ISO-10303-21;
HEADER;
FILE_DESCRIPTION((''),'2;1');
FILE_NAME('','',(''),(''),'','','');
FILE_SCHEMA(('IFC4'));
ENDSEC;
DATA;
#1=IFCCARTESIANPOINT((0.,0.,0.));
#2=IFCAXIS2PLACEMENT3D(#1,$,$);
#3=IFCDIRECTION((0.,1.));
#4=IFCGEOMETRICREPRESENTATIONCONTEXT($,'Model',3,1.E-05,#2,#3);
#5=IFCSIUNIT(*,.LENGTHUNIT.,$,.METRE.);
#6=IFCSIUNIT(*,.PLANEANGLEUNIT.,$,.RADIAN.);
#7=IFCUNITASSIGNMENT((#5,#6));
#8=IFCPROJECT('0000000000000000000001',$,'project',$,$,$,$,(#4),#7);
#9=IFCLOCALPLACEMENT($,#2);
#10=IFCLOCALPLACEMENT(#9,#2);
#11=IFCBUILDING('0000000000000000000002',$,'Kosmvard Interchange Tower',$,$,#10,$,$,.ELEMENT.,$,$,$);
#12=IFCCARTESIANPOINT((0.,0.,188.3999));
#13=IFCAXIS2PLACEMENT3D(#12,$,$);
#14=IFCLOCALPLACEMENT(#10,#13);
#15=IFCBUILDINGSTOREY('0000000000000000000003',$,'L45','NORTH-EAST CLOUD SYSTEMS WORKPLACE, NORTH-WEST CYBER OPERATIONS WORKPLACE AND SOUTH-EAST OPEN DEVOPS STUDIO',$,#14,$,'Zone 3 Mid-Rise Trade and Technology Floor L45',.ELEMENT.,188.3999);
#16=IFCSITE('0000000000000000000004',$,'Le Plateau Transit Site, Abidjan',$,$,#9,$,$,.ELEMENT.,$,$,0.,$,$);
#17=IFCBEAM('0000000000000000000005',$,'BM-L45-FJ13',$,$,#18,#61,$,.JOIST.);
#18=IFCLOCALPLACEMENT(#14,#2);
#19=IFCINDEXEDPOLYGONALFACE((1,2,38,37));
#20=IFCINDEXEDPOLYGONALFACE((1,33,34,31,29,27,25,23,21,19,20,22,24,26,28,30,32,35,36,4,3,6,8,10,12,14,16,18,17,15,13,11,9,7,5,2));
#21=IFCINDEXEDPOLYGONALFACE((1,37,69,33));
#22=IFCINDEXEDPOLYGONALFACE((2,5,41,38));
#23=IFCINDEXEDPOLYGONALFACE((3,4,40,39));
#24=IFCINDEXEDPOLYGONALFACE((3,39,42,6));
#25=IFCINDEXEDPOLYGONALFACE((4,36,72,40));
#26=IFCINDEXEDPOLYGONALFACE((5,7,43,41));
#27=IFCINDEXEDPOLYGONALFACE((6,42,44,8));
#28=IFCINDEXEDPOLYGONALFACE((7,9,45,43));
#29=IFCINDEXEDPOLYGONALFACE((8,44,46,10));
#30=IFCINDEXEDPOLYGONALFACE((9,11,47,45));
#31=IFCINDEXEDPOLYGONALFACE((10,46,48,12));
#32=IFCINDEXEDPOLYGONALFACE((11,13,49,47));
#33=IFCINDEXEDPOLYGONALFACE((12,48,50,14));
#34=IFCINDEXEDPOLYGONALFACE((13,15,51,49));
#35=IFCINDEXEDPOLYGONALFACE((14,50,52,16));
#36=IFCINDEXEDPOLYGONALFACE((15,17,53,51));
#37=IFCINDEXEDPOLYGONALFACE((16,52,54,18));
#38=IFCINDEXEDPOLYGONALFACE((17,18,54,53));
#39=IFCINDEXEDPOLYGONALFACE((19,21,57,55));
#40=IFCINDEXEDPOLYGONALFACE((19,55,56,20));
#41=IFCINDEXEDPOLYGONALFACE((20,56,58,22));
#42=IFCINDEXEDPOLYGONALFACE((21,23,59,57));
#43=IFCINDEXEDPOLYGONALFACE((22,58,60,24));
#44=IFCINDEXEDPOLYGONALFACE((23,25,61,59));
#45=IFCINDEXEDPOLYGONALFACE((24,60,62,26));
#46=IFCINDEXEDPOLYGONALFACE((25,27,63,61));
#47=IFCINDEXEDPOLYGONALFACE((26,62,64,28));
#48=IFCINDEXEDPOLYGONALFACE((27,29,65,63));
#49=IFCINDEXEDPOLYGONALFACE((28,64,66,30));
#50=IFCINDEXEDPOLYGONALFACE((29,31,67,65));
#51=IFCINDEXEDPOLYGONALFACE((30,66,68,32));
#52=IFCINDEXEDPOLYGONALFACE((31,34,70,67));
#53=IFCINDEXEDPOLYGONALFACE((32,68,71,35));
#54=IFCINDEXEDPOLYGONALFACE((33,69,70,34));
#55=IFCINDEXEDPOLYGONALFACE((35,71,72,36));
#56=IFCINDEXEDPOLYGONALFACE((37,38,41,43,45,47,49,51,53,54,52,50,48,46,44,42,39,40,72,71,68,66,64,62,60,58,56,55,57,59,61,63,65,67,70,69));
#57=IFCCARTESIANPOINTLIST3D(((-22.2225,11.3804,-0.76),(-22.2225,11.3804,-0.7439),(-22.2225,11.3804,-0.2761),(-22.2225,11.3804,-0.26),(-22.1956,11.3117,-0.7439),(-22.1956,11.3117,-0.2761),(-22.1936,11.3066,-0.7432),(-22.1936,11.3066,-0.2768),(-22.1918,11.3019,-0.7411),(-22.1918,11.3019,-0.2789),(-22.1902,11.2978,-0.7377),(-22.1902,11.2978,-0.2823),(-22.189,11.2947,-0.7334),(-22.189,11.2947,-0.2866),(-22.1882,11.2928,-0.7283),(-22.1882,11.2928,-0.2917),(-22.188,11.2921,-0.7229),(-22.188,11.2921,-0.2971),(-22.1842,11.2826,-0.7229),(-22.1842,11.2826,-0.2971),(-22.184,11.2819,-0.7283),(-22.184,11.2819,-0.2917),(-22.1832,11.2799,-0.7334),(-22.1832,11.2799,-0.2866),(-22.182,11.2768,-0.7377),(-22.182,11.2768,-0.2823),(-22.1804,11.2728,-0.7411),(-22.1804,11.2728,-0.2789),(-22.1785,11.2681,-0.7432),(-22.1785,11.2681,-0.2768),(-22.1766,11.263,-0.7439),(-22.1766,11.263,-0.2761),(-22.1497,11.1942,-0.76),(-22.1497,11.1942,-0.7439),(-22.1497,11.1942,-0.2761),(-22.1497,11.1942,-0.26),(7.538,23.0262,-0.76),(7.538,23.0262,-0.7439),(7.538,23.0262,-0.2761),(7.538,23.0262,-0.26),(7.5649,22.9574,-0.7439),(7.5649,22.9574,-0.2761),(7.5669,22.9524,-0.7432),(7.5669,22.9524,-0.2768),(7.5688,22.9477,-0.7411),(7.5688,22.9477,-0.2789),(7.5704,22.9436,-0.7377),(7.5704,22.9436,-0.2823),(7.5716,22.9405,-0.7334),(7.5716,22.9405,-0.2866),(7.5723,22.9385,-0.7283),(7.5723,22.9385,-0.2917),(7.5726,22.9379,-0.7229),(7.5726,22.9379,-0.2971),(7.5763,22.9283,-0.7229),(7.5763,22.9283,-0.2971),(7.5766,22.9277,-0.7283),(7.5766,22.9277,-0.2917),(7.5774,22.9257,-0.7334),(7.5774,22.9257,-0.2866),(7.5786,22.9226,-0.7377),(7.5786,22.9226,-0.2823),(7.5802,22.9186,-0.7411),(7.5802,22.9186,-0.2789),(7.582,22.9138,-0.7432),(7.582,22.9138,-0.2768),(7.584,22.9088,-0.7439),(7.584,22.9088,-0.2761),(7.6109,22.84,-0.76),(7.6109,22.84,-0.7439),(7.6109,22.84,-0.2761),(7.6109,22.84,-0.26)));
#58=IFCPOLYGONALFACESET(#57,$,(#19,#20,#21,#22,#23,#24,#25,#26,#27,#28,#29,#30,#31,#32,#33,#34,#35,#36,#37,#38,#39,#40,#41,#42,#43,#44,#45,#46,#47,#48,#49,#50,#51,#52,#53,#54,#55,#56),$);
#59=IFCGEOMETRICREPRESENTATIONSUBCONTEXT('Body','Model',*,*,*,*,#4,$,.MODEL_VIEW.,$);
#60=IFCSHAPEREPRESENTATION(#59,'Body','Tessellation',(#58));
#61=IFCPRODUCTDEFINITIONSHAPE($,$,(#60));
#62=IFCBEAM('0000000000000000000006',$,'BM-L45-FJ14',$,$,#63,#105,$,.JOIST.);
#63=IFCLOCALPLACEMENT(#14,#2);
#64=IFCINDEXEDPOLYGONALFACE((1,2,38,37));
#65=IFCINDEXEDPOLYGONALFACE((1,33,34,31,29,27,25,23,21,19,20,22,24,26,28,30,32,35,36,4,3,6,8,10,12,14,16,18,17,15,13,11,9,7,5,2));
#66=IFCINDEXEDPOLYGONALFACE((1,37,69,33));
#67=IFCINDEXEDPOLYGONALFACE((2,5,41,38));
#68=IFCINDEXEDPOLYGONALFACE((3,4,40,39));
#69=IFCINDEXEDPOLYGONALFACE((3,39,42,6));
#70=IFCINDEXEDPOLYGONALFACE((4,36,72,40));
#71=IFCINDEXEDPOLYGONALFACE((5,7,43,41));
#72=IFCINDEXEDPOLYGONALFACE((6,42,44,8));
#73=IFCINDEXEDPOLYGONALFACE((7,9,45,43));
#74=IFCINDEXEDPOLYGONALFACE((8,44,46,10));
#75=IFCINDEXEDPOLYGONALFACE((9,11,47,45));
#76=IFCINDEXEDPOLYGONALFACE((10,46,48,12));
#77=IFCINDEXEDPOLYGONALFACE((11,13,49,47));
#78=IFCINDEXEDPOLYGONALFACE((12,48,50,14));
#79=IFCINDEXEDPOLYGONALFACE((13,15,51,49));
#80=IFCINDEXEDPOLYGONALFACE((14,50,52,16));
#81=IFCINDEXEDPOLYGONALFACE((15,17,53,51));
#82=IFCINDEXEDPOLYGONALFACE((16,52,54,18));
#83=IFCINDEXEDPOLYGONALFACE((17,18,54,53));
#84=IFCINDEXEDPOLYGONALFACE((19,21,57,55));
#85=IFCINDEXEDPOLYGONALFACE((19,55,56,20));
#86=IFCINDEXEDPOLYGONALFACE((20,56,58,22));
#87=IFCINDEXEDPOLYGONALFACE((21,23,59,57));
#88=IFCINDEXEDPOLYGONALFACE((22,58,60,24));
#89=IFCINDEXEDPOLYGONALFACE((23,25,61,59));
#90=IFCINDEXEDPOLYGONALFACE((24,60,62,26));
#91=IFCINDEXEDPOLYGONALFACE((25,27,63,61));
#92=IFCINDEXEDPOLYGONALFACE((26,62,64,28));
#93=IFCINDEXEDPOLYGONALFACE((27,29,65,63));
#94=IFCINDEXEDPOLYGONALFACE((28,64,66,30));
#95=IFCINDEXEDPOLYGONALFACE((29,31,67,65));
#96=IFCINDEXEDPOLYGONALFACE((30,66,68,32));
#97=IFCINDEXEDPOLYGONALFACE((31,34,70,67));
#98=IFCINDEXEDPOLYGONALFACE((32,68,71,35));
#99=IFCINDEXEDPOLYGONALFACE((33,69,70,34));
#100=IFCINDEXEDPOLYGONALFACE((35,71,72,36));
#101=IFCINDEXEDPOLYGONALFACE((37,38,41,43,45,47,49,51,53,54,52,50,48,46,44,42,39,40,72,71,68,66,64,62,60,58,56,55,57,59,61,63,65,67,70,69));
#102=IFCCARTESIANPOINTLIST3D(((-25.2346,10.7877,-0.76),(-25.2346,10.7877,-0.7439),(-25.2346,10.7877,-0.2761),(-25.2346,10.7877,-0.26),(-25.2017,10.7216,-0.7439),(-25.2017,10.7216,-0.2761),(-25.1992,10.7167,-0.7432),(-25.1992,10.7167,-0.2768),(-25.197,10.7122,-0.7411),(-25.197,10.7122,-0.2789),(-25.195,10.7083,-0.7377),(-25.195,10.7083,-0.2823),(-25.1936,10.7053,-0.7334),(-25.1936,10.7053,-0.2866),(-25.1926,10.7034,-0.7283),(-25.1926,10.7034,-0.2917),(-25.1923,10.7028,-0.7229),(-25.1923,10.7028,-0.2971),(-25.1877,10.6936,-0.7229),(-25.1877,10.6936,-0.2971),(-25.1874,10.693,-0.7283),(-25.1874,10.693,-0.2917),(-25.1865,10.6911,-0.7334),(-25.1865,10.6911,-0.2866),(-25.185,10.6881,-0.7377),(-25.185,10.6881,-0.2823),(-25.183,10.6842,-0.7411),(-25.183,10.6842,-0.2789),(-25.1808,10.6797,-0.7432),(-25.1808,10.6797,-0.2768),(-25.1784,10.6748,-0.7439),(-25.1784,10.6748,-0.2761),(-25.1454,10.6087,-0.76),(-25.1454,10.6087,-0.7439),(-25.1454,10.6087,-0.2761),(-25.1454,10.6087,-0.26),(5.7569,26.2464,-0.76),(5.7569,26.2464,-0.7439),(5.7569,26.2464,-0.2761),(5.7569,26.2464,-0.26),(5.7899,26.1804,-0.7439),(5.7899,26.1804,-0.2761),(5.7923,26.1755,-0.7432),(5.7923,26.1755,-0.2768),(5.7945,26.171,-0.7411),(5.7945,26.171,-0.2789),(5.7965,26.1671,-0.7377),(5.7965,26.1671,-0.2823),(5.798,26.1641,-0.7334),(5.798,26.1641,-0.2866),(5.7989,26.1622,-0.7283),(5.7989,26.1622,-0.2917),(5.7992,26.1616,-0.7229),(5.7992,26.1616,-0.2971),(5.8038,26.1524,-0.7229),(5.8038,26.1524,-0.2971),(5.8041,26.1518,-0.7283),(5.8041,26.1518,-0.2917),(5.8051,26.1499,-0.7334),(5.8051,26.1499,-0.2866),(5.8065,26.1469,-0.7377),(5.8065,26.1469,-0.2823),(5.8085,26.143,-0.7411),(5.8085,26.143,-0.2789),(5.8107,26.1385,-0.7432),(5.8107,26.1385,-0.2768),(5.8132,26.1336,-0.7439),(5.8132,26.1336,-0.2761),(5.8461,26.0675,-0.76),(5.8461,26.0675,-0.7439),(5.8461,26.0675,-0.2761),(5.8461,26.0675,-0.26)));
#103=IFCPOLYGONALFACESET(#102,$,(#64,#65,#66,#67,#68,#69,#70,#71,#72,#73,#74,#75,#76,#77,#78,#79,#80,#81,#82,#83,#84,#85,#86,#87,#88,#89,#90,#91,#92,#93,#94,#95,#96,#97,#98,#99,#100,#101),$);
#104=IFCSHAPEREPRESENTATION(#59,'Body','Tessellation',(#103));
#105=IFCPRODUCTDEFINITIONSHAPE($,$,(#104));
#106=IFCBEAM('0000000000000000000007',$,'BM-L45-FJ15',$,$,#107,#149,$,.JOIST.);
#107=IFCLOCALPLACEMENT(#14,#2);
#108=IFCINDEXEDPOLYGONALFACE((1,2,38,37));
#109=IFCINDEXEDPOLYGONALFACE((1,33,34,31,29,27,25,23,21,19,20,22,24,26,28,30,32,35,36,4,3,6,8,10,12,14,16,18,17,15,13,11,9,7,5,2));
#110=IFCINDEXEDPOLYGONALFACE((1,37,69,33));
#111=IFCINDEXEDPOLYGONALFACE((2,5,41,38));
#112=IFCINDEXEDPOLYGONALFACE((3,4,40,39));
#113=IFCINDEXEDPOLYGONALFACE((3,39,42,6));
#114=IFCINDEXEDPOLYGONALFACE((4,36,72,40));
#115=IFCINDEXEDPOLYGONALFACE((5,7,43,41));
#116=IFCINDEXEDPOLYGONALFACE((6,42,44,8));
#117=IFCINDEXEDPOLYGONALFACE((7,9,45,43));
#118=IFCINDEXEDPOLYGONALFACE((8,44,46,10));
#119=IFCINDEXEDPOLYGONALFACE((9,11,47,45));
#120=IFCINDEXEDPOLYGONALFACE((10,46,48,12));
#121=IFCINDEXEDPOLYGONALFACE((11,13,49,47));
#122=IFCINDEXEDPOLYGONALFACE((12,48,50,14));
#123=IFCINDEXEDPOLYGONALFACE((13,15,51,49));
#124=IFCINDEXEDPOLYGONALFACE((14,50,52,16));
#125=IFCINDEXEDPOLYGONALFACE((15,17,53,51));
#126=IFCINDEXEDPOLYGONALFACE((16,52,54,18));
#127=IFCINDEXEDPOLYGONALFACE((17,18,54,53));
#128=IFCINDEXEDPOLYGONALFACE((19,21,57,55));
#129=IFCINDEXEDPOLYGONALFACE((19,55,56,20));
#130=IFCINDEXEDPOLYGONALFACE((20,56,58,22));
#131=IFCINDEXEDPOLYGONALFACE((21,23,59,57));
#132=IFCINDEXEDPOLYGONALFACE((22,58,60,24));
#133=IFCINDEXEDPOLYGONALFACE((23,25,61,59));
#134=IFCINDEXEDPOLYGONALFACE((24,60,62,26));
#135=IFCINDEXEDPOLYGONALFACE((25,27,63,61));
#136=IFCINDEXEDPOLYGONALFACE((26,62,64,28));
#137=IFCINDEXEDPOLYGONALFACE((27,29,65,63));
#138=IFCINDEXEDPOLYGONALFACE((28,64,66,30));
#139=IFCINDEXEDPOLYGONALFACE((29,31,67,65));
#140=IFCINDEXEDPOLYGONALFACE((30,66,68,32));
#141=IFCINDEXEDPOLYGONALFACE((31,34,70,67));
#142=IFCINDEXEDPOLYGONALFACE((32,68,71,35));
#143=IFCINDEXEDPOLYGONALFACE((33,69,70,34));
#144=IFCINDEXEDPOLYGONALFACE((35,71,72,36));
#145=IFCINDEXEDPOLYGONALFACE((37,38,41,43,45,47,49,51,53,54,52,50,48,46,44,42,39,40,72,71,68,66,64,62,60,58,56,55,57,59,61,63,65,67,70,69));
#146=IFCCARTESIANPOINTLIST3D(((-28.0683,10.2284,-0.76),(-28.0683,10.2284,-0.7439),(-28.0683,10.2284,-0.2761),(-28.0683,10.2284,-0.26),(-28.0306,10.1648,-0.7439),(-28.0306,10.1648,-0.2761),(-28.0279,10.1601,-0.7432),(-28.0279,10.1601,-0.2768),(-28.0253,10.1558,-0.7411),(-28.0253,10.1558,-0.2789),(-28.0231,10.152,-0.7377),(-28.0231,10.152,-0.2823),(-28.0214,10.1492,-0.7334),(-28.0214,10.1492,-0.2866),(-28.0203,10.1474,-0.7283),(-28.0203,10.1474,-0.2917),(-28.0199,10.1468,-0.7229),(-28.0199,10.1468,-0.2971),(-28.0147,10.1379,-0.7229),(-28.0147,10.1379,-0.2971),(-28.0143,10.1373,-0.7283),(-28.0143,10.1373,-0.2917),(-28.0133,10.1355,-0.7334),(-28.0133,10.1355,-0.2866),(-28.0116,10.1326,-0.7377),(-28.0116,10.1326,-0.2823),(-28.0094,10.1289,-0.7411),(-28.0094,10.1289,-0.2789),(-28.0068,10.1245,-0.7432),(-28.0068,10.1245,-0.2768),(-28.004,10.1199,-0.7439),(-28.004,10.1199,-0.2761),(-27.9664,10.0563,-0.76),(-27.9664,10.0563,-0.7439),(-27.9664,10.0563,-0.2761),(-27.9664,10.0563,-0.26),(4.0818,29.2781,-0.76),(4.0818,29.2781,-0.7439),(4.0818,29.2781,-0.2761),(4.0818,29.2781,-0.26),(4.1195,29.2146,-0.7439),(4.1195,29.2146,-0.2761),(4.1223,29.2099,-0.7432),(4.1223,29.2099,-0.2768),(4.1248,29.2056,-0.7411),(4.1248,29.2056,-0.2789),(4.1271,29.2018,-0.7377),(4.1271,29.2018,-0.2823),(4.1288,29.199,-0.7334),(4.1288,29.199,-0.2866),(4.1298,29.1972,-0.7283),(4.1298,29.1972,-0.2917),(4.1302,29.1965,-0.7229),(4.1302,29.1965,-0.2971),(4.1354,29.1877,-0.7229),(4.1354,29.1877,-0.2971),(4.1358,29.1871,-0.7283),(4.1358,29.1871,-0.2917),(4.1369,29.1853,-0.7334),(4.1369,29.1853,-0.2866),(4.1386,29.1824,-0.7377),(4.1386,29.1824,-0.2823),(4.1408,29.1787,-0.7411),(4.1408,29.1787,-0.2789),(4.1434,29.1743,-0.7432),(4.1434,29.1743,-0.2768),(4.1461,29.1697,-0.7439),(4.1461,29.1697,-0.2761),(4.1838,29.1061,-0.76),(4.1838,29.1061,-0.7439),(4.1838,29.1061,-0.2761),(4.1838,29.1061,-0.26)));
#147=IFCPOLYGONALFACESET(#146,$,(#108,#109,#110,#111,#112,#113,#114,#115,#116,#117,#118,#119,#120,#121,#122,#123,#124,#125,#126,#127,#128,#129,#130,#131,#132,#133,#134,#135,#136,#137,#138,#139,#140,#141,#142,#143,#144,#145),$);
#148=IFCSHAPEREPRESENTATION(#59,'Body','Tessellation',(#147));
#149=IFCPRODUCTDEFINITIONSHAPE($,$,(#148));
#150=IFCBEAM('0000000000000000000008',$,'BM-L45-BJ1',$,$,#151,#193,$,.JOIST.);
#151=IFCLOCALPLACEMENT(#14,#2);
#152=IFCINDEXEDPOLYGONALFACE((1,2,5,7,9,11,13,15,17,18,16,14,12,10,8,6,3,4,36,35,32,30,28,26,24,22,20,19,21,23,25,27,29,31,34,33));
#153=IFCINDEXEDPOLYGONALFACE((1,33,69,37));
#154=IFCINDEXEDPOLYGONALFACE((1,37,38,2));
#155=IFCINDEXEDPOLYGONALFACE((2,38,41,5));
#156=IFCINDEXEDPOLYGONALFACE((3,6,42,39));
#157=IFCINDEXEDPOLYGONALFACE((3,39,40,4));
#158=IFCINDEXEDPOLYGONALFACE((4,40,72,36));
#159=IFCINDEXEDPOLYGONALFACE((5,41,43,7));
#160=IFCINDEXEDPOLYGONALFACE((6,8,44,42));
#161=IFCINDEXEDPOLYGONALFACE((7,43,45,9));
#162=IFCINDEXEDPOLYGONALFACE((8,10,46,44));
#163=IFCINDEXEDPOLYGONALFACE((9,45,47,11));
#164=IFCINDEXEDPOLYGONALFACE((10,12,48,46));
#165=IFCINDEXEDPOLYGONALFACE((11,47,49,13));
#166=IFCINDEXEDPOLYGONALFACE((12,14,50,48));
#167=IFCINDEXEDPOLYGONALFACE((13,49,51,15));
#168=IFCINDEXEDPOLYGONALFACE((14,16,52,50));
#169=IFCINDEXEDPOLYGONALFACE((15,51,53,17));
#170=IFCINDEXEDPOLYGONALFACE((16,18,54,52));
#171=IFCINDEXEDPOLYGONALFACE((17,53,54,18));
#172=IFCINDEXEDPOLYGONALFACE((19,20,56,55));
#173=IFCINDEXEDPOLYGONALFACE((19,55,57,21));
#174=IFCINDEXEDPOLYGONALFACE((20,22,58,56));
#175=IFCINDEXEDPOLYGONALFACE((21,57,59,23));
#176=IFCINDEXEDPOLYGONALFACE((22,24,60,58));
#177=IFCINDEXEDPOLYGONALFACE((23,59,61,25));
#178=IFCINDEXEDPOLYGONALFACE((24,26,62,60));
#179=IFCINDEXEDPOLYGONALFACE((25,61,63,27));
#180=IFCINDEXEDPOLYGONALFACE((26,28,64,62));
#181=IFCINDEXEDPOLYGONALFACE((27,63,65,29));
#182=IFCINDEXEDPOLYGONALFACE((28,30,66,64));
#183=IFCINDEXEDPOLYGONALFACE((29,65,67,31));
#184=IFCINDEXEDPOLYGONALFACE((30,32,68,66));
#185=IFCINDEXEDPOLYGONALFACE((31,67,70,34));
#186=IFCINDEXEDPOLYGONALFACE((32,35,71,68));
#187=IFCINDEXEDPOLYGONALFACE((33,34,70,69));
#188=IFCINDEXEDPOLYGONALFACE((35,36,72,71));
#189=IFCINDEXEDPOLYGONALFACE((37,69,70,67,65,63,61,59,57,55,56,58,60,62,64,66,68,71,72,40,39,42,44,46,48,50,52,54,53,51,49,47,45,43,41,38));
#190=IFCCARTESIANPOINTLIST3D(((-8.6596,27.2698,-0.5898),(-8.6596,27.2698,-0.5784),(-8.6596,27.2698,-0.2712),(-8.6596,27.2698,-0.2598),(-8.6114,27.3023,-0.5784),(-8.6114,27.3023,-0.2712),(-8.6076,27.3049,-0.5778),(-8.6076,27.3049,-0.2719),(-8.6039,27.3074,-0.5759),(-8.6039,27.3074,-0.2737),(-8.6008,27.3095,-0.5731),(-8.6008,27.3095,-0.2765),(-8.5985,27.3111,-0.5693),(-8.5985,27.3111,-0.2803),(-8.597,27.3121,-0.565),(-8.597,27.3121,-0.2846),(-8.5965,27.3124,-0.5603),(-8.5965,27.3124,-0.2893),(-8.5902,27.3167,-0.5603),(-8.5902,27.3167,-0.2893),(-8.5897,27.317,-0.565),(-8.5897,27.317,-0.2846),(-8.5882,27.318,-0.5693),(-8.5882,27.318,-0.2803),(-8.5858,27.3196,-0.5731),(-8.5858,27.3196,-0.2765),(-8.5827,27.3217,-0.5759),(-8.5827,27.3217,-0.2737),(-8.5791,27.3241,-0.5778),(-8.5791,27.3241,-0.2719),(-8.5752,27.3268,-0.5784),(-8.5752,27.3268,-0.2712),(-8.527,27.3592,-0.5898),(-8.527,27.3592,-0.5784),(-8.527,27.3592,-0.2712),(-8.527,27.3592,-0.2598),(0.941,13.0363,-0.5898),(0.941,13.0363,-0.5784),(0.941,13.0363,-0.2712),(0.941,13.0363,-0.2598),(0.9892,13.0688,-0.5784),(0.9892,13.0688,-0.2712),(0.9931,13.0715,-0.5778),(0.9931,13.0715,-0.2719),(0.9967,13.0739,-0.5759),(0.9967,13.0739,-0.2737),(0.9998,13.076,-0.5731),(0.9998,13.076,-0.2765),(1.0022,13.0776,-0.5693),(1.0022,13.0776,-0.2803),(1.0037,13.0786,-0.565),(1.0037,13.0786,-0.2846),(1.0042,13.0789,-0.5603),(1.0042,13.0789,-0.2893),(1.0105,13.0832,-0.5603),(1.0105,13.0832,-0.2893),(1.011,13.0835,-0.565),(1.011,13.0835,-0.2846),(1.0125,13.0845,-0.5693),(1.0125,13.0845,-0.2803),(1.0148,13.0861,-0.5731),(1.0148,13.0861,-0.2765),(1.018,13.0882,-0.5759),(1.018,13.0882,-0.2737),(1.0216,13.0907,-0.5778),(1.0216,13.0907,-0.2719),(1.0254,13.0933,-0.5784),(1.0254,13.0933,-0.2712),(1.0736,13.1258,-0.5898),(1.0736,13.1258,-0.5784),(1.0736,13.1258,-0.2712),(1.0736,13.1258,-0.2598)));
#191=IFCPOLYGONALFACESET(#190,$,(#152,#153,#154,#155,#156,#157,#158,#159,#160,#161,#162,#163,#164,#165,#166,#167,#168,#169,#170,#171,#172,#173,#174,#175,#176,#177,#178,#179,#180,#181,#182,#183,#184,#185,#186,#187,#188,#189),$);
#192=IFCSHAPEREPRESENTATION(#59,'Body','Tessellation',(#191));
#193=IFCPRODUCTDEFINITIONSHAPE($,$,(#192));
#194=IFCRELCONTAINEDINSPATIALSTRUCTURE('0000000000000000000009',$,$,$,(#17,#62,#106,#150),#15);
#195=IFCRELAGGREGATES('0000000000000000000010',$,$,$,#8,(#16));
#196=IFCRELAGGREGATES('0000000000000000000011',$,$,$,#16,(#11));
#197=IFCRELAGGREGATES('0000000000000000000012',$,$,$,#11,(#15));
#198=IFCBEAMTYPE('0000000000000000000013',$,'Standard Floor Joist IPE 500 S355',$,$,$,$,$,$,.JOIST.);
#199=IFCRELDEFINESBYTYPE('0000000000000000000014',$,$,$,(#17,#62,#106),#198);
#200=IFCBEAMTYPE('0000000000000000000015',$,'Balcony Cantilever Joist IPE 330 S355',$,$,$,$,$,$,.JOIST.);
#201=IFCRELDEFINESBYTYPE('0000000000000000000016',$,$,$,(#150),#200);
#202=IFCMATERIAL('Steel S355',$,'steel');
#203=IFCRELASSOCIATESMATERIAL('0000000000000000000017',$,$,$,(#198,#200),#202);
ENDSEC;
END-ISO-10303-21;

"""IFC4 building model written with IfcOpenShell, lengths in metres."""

from ifc_helpers import new_model, si_unit, direction, frame, origin, origin_2d, place, context, subcontext, project, spatial, i_section, extrude, source, transform, mapped, material, material_profile, profile_set, type_object, element, save


model = new_model("IFC4")

# Units and contexts
model_context = context("Model", 3, precision=1e-05, world=origin(), true_north=direction((0.0, 1.0)))
body_context = subcontext(model_context, "Body", "Model", "MODEL_VIEW")
ifc_project = project(units=[si_unit("LENGTHUNIT", "METRE"), si_unit("PLANEANGLEUNIT", "RADIAN")], contexts=[model_context])

# Site, building, storey
site_placement = place(None, origin())
site = spatial("IfcSite", under=ifc_project, at=site_placement, Name="Le Plateau Transit Site, Abidjan", CompositionType="ELEMENT", RefElevation=0.0)
building_placement = place(site_placement, origin())
building = spatial("IfcBuilding", under=site, at=building_placement, Name="Kosmvard Interchange Tower", CompositionType="ELEMENT")
storey_placement = place(building_placement, frame((0.0, 0.0, 188.3999)))
storey = spatial("IfcBuildingStorey", under=building, at=storey_placement, Name="L45", Description="NORTH-EAST CLOUD SYSTEMS WORKPLACE, NORTH-WEST CYBER OPERATIONS WORKPLACE AND SOUTH-EAST OPEN DEVOPS STUDIO", LongName="Zone 3 Mid-Rise Trade and Technology Floor L45", CompositionType="ELEMENT", Elevation=188.3999)

# Beams
ifc_material_1 = material(Name="Steel S355", Category="steel")
ifc_material_profile_1 = material_profile(ifc_material_1, i_section(OverallWidth=0.2, OverallDepth=0.5, WebThickness=0.0103, FlangeThickness=0.0161, FilletRadius=0.021, at=origin_2d()), Name="IPE 500")
ifc_profile_set_1 = profile_set([ifc_material_profile_1], Name="Steel S355")
beam_type_1 = type_object("IfcBeamType", Name="Standard Floor Joist IPE 500 S355", PredefinedType="JOIST", material=ifc_profile_set_1)
shared_shape_1 = source(origin(), body_context, "Body", "SweptSolid", [
    extrude(i_section(OverallWidth=0.2, OverallDepth=0.5, WebThickness=0.0103, FlangeThickness=0.0161, FilletRadius=0.021, at=origin_2d()), origin(), (0.0, 0.0, 1.0), 31.958),
])
beam_1_placement = place(storey_placement, frame((7.5745, 22.9331, -0.51), z_axis=(-0.931239, -0.364409, 0.0), x_axis=(0.364409, -0.931239, 0.0)))
element("IfcBeam", 1, at=beam_1_placement, inside=storey, type_object=beam_type_1, Name="BM-L45-FJ13", PredefinedType="JOIST", context=body_context, shape_type="MappedRepresentation", body=[
    mapped(shared_shape_1, transform((0.0, 0.0, 0.0), scale=1.0)),
])
shared_shape_2 = source(origin(), body_context, "Body", "SweptSolid", [
    extrude(i_section(OverallWidth=0.2, OverallDepth=0.5, WebThickness=0.0103, FlangeThickness=0.0161, FilletRadius=0.021, at=origin_2d()), origin(), (0.0, 0.0, 1.0), 34.6331),
])
beam_2_placement = place(storey_placement, frame((5.8015, 26.157, -0.51), z_axis=(-0.894854, -0.446359, 0.0), x_axis=(0.446359, -0.894854, 0.0)))
element("IfcBeam", 2, at=beam_2_placement, inside=storey, type_object=beam_type_1, Name="BM-L45-FJ14", PredefinedType="JOIST", context=body_context, shape_type="MappedRepresentation", body=[
    mapped(shared_shape_2, transform((0.0, 0.0, 0.0), scale=1.0)),
])
shared_shape_3 = source(origin(), body_context, "Body", "SweptSolid", [
    extrude(i_section(OverallWidth=0.2, OverallDepth=0.5, WebThickness=0.0103, FlangeThickness=0.0161, FilletRadius=0.021, at=origin_2d()), origin(), (0.0, 0.0, 1.0), 37.3701),
])
beam_3_placement = place(storey_placement, frame((4.1328, 29.1921, -0.51), z_axis=(-0.860317, -0.50976, 0.0), x_axis=(0.50976, -0.860317, 0.0)))
element("IfcBeam", 3, at=beam_3_placement, inside=storey, type_object=beam_type_1, Name="BM-L45-FJ15", PredefinedType="JOIST", context=body_context, shape_type="MappedRepresentation", body=[
    mapped(shared_shape_3, transform((0.0, 0.0, 0.0), scale=1.0)),
])
ifc_material_profile_2 = material_profile(ifc_material_1, i_section(OverallWidth=0.1599, OverallDepth=0.3301, WebThickness=0.0076, FlangeThickness=0.0115, FilletRadius=0.0181, at=origin_2d()), Name="IPE 330")
ifc_profile_set_2 = profile_set([ifc_material_profile_2], Name="Steel S355")
beam_type_2 = type_object("IfcBeamType", Name="Balcony Cantilever Joist IPE 330 S355", PredefinedType="JOIST", material=ifc_profile_set_2)
shared_shape_4 = source(origin(), body_context, "Body", "SweptSolid", [
    extrude(i_section(OverallWidth=0.1599, OverallDepth=0.3301, WebThickness=0.0076, FlangeThickness=0.0115, FilletRadius=0.0181, at=origin_2d()), origin(), (0.0, 0.0, 1.0), 17.1687),
])
beam_4_placement = place(storey_placement, frame((1.0073, 13.0811, -0.4248), z_axis=(-0.559194, 0.829037, 0.0), x_axis=(-0.829037, -0.559194, 0.0)))
element("IfcBeam", 4, at=beam_4_placement, inside=storey, type_object=beam_type_2, Name="BM-L45-BJ1", PredefinedType="JOIST", context=body_context, shape_type="MappedRepresentation", body=[
    mapped(shared_shape_4, transform((0.0, 0.0, 0.0), scale=1.0)),
])

save(model, "model.ifc")
